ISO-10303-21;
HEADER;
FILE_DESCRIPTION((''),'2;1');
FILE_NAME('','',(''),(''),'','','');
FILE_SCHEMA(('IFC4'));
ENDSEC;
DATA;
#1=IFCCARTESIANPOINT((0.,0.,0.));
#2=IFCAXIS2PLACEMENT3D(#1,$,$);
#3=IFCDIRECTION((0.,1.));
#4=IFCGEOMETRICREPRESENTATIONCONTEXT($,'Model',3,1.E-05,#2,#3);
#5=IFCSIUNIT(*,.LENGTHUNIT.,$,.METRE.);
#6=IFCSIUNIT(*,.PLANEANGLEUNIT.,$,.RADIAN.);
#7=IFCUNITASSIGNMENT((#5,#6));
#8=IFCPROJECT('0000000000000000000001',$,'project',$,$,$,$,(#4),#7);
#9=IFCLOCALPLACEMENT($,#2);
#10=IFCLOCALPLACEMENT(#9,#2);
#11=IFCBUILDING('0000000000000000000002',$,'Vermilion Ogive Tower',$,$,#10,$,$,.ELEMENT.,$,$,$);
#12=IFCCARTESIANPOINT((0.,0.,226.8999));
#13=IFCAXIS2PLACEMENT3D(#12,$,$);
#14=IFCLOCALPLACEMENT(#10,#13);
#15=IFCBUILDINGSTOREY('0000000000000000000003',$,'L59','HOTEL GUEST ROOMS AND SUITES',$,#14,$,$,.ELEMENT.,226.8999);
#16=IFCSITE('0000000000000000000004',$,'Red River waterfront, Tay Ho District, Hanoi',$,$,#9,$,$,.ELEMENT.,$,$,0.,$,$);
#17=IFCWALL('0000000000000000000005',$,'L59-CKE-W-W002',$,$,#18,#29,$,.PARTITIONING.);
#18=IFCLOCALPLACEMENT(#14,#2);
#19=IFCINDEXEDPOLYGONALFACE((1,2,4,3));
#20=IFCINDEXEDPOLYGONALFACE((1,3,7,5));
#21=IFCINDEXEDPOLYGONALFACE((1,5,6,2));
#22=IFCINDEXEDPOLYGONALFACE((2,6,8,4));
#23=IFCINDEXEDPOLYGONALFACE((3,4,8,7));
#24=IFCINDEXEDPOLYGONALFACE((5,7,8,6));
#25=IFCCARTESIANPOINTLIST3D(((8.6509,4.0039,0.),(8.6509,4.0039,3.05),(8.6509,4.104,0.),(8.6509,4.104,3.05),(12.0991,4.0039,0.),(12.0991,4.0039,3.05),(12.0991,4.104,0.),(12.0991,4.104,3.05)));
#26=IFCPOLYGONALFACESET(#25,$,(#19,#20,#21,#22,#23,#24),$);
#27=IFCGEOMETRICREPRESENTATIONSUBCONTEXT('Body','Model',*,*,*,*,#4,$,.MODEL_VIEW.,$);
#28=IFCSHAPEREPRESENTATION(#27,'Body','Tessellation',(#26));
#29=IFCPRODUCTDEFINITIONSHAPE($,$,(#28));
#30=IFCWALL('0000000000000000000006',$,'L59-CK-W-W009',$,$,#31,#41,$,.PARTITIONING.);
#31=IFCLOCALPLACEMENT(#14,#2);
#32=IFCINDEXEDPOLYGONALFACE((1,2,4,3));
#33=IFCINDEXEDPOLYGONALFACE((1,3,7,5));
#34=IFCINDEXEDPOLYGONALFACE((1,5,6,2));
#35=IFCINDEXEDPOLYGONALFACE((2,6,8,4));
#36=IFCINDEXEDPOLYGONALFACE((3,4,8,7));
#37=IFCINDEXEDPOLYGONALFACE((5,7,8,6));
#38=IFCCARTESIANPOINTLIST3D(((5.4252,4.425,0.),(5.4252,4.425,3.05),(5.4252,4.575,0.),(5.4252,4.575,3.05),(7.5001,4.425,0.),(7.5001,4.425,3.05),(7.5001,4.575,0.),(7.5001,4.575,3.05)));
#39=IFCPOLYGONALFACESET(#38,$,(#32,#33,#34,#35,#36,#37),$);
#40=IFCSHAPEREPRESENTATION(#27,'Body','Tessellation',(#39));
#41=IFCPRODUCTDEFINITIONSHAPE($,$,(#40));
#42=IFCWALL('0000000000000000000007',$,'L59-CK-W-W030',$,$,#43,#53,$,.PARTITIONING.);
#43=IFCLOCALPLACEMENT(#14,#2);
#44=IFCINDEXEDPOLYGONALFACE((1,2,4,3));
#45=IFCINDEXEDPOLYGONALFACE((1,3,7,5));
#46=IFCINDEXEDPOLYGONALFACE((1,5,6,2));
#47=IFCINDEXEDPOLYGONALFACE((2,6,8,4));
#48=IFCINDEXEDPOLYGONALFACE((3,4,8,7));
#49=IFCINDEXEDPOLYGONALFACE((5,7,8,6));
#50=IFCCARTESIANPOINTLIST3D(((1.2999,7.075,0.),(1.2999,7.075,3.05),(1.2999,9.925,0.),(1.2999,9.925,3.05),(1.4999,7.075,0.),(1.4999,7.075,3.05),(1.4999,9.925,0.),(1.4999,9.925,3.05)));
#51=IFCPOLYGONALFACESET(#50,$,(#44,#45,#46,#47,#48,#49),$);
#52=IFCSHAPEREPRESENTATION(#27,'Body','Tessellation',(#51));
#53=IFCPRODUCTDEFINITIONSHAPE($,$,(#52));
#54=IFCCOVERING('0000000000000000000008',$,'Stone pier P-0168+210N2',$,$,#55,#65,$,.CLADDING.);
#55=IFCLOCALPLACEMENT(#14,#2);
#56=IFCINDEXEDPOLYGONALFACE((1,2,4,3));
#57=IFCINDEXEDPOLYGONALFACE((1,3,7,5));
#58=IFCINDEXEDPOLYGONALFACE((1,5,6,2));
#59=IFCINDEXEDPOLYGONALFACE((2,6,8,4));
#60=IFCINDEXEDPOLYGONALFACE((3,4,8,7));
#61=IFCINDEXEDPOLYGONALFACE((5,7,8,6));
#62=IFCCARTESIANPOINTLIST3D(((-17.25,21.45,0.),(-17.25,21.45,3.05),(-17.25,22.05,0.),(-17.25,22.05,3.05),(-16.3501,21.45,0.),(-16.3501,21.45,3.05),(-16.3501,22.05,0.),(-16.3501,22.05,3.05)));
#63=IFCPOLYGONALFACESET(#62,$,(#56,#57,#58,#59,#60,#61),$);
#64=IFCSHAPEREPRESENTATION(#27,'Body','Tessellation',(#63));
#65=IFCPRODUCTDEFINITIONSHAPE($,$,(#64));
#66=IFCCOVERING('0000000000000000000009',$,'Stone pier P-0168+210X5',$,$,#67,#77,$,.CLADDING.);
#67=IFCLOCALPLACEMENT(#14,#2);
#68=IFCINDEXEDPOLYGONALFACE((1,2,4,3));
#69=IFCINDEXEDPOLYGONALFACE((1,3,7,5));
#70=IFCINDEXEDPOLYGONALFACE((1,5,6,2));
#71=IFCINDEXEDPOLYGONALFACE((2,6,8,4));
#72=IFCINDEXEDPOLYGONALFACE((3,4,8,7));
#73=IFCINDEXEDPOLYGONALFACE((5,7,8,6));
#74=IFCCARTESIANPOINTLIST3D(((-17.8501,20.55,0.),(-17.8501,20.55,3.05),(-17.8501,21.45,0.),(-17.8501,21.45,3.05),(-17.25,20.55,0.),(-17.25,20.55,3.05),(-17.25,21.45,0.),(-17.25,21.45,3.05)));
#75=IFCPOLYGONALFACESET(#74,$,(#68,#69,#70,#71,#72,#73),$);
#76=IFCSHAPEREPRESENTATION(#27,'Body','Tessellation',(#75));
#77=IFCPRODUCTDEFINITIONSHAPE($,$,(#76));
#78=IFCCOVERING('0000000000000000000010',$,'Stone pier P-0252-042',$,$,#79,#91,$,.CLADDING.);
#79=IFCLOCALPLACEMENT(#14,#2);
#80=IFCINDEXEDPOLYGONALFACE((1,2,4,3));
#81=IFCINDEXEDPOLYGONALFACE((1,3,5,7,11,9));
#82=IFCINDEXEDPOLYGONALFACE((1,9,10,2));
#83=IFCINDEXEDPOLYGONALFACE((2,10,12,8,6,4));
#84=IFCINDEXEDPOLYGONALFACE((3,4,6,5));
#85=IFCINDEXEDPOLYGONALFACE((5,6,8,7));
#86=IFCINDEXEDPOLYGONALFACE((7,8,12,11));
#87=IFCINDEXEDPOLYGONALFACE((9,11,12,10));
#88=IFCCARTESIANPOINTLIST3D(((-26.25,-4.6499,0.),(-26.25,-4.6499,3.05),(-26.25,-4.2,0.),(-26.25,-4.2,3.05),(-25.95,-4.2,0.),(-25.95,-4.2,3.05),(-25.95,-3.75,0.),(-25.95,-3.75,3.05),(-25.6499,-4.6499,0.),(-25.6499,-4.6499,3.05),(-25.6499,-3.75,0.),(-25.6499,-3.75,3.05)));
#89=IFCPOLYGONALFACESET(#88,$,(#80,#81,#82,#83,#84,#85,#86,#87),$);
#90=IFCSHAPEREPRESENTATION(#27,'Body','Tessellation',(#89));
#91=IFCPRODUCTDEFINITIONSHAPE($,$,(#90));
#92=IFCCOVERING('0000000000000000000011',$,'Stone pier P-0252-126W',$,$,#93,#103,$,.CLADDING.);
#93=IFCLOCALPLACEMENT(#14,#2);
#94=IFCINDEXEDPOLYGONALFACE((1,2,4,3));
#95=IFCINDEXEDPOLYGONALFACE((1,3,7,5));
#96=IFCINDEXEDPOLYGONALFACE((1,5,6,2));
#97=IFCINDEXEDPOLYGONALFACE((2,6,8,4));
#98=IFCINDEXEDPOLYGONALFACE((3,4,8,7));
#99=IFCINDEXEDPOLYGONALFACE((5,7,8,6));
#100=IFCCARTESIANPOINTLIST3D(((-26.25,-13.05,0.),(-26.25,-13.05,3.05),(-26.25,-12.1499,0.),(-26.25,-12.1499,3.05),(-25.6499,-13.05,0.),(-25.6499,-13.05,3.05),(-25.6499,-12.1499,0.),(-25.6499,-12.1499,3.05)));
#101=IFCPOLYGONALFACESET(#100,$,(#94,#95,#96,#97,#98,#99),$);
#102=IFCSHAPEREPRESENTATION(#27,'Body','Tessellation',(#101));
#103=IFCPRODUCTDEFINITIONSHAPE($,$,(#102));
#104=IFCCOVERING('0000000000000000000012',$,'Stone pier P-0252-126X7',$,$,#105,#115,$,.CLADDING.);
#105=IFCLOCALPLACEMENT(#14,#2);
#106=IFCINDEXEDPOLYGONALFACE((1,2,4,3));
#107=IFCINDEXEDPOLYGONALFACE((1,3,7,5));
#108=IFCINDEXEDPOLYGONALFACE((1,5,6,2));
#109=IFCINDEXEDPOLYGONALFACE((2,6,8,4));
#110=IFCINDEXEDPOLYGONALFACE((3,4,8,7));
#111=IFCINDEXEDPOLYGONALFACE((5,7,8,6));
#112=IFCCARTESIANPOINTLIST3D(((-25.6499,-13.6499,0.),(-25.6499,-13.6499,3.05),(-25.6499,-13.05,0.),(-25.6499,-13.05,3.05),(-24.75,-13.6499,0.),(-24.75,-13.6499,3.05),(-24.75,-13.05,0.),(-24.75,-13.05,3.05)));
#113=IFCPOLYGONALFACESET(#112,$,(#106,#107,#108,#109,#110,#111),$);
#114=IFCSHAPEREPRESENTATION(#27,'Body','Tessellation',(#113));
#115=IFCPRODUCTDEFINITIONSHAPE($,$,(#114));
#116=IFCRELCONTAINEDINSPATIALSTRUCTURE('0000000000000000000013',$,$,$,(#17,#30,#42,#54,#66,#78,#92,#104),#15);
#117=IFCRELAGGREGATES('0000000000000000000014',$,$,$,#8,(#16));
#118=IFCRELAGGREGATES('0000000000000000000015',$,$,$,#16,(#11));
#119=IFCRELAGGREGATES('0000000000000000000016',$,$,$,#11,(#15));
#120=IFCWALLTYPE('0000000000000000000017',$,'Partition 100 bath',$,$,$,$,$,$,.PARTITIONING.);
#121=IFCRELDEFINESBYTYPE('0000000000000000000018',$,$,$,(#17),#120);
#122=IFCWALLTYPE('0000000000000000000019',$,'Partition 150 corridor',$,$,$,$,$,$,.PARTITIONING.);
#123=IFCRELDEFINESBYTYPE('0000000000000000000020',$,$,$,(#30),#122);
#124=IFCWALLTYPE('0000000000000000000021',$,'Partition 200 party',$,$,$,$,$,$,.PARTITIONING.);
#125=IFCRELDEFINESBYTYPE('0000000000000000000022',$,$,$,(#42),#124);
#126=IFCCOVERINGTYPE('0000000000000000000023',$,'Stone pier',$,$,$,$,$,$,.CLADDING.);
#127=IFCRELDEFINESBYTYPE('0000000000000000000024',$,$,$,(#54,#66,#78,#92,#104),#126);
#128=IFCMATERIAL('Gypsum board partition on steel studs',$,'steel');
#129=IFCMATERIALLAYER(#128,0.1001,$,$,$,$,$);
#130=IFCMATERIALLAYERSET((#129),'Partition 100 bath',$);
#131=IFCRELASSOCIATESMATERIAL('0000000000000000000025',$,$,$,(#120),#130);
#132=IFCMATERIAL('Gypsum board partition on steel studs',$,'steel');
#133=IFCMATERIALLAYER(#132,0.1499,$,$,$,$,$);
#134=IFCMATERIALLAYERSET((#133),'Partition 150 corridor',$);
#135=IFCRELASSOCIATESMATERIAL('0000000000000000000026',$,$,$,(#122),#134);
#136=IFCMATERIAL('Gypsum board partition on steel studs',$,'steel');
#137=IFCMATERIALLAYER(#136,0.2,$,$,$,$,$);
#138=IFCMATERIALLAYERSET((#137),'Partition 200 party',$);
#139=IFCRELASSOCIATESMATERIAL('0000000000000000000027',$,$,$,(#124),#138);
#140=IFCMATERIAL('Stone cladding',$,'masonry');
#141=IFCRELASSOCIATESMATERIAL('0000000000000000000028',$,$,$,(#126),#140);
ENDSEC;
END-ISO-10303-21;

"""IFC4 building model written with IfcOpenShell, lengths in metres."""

from ifc_helpers import new_model, si_unit, direction, frame, frame_2d, origin, place, context, subcontext, project, spatial, polyline, rectangle, outline, extrude, material, layer, layer_set, type_object, element, save


model = new_model("IFC4")

# Units and contexts
model_context = context("Model", 3, precision=1e-05, world=origin(), true_north=direction((0.0, 1.0)))
body_context = subcontext(model_context, "Body", "Model", "MODEL_VIEW")
ifc_project = project(units=[si_unit("LENGTHUNIT", "METRE"), si_unit("PLANEANGLEUNIT", "RADIAN")], contexts=[model_context])

# Site, building, storey
site_placement = place(None, origin())
site = spatial("IfcSite", under=ifc_project, at=site_placement, Name="Red River waterfront, Tay Ho District, Hanoi", CompositionType="ELEMENT", RefElevation=0.0)
building_placement = place(site_placement, origin())
building = spatial("IfcBuilding", under=site, at=building_placement, Name="Vermilion Ogive Tower", CompositionType="ELEMENT")
storey_placement = place(building_placement, frame((0.0, 0.0, 226.8999)))
storey = spatial("IfcBuildingStorey", under=building, at=storey_placement, Name="L59", Description="HOTEL GUEST ROOMS AND SUITES", CompositionType="ELEMENT", Elevation=226.8999)

# Walls
ifc_material_1 = material(Name="Gypsum board partition on steel studs", Category="steel")
ifc_layer_1 = layer(ifc_material_1, 0.1001)
ifc_layer_set_1 = layer_set([ifc_layer_1], Name="Partition 100 bath")
wall_type_1 = type_object("IfcWallType", Name="Partition 100 bath", PredefinedType="PARTITIONING", material=ifc_layer_set_1)
wall_1_placement = place(storey_placement, frame((8.6509, 4.054, 0.0), z_axis=(0.0, 0.0, 1.0), x_axis=(1.0, 0.0, 0.0)))
element("IfcWall", 1, at=wall_1_placement, inside=storey, type_object=wall_type_1, Name="L59-CKE-W-W002", PredefinedType="PARTITIONING", context=body_context, shape_type="SweptSolid", body=[
    extrude(rectangle(XDim=3.4482, YDim=0.1001, at=frame_2d((1.7241, 0.0))), origin(), (0.0, 0.0, 1.0), 3.05),
])
ifc_material_2 = material(Name="Gypsum board partition on steel studs", Category="steel")
ifc_layer_2 = layer(ifc_material_2, 0.1499)
ifc_layer_set_2 = layer_set([ifc_layer_2], Name="Partition 150 corridor")
wall_type_2 = type_object("IfcWallType", Name="Partition 150 corridor", PredefinedType="PARTITIONING", material=ifc_layer_set_2)
wall_2_placement = place(storey_placement, frame((5.425, 4.5, 0.0), z_axis=(0.0, 0.0, 1.0), x_axis=(1.0, 0.0, 0.0)))
element("IfcWall", 2, at=wall_2_placement, inside=storey, type_object=wall_type_2, Name="L59-CK-W-W009", PredefinedType="PARTITIONING", context=body_context, shape_type="SweptSolid", body=[
    extrude(rectangle(XDim=2.075, YDim=0.1499, at=frame_2d((1.0376, 0.0))), origin(), (0.0, 0.0, 1.0), 3.05),
])
ifc_material_3 = material(Name="Gypsum board partition on steel studs", Category="steel")
ifc_layer_3 = layer(ifc_material_3, 0.2)
ifc_layer_set_3 = layer_set([ifc_layer_3], Name="Partition 200 party")
wall_type_3 = type_object("IfcWallType", Name="Partition 200 party", PredefinedType="PARTITIONING", material=ifc_layer_set_3)
wall_3_placement = place(storey_placement, frame((1.3999, 7.075, 0.0), z_axis=(0.0, 0.0, 1.0), x_axis=(0.0, 1.0, 0.0)))
element("IfcWall", 3, at=wall_3_placement, inside=storey, type_object=wall_type_3, Name="L59-CK-W-W030", PredefinedType="PARTITIONING", context=body_context, shape_type="SweptSolid", body=[
    extrude(rectangle(XDim=2.8501, YDim=0.2, at=frame_2d((1.425, 0.0))), origin(), (0.0, 0.0, 1.0), 3.05),
])

# Coverings
ifc_material_4 = material(Name="Stone cladding", Category="masonry")
covering_type = type_object("IfcCoveringType", Name="Stone pier", PredefinedType="CLADDING", material=ifc_material_4)
covering_1_placement = place(storey_placement, origin())
element("IfcCovering", 4, at=covering_1_placement, inside=storey, type_object=covering_type, Name="Stone pier P-0168+210N2", PredefinedType="CLADDING", context=body_context, shape_type="SweptSolid", body=[
    extrude(outline(polyline([(-17.25, 21.45), (-17.25, 22.05), (-16.3501, 22.05), (-16.3501, 21.45), (-17.25, 21.45), (-17.25, 21.45)])), origin(), (0.0, 0.0, 1.0), 3.05),
])
covering_2_placement = place(storey_placement, origin())
element("IfcCovering", 5, at=covering_2_placement, inside=storey, type_object=covering_type, Name="Stone pier P-0168+210X5", PredefinedType="CLADDING", context=body_context, shape_type="SweptSolid", body=[
    extrude(outline(polyline([(-17.8501, 21.45), (-17.25, 21.45), (-17.25, 21.45), (-17.25, 20.55), (-17.8501, 20.55), (-17.8501, 21.45)])), origin(), (0.0, 0.0, 1.0), 3.05),
])
covering_3_placement = place(storey_placement, origin())
element("IfcCovering", 6, at=covering_3_placement, inside=storey, type_object=covering_type, Name="Stone pier P-0252-042", PredefinedType="CLADDING", context=body_context, shape_type="SweptSolid", body=[
    extrude(outline(polyline([(-26.25, -4.6499), (-26.25, -4.2), (-25.95, -4.2), (-25.95, -3.75), (-25.6499, -3.75), (-25.6499, -4.6499), (-26.25, -4.6499)])), origin(), (0.0, 0.0, 1.0), 3.05),
])
covering_4_placement = place(storey_placement, origin())
element("IfcCovering", 7, at=covering_4_placement, inside=storey, type_object=covering_type, Name="Stone pier P-0252-126W", PredefinedType="CLADDING", context=body_context, shape_type="SweptSolid", body=[
    extrude(outline(polyline([(-26.25, -13.05), (-26.25, -12.1499), (-25.6499, -12.1499), (-25.6499, -13.05), (-26.25, -13.05)])), origin(), (0.0, 0.0, 1.0), 3.05),
])
covering_5_placement = place(storey_placement, origin())
element("IfcCovering", 8, at=covering_5_placement, inside=storey, type_object=covering_type, Name="Stone pier P-0252-126X7", PredefinedType="CLADDING", context=body_context, shape_type="SweptSolid", body=[
    extrude(outline(polyline([(-25.6499, -13.6499), (-25.6499, -13.05), (-24.75, -13.05), (-24.75, -13.6499), (-25.6499, -13.6499)])), origin(), (0.0, 0.0, 1.0), 3.05),
])

save(model, "model.ifc")
